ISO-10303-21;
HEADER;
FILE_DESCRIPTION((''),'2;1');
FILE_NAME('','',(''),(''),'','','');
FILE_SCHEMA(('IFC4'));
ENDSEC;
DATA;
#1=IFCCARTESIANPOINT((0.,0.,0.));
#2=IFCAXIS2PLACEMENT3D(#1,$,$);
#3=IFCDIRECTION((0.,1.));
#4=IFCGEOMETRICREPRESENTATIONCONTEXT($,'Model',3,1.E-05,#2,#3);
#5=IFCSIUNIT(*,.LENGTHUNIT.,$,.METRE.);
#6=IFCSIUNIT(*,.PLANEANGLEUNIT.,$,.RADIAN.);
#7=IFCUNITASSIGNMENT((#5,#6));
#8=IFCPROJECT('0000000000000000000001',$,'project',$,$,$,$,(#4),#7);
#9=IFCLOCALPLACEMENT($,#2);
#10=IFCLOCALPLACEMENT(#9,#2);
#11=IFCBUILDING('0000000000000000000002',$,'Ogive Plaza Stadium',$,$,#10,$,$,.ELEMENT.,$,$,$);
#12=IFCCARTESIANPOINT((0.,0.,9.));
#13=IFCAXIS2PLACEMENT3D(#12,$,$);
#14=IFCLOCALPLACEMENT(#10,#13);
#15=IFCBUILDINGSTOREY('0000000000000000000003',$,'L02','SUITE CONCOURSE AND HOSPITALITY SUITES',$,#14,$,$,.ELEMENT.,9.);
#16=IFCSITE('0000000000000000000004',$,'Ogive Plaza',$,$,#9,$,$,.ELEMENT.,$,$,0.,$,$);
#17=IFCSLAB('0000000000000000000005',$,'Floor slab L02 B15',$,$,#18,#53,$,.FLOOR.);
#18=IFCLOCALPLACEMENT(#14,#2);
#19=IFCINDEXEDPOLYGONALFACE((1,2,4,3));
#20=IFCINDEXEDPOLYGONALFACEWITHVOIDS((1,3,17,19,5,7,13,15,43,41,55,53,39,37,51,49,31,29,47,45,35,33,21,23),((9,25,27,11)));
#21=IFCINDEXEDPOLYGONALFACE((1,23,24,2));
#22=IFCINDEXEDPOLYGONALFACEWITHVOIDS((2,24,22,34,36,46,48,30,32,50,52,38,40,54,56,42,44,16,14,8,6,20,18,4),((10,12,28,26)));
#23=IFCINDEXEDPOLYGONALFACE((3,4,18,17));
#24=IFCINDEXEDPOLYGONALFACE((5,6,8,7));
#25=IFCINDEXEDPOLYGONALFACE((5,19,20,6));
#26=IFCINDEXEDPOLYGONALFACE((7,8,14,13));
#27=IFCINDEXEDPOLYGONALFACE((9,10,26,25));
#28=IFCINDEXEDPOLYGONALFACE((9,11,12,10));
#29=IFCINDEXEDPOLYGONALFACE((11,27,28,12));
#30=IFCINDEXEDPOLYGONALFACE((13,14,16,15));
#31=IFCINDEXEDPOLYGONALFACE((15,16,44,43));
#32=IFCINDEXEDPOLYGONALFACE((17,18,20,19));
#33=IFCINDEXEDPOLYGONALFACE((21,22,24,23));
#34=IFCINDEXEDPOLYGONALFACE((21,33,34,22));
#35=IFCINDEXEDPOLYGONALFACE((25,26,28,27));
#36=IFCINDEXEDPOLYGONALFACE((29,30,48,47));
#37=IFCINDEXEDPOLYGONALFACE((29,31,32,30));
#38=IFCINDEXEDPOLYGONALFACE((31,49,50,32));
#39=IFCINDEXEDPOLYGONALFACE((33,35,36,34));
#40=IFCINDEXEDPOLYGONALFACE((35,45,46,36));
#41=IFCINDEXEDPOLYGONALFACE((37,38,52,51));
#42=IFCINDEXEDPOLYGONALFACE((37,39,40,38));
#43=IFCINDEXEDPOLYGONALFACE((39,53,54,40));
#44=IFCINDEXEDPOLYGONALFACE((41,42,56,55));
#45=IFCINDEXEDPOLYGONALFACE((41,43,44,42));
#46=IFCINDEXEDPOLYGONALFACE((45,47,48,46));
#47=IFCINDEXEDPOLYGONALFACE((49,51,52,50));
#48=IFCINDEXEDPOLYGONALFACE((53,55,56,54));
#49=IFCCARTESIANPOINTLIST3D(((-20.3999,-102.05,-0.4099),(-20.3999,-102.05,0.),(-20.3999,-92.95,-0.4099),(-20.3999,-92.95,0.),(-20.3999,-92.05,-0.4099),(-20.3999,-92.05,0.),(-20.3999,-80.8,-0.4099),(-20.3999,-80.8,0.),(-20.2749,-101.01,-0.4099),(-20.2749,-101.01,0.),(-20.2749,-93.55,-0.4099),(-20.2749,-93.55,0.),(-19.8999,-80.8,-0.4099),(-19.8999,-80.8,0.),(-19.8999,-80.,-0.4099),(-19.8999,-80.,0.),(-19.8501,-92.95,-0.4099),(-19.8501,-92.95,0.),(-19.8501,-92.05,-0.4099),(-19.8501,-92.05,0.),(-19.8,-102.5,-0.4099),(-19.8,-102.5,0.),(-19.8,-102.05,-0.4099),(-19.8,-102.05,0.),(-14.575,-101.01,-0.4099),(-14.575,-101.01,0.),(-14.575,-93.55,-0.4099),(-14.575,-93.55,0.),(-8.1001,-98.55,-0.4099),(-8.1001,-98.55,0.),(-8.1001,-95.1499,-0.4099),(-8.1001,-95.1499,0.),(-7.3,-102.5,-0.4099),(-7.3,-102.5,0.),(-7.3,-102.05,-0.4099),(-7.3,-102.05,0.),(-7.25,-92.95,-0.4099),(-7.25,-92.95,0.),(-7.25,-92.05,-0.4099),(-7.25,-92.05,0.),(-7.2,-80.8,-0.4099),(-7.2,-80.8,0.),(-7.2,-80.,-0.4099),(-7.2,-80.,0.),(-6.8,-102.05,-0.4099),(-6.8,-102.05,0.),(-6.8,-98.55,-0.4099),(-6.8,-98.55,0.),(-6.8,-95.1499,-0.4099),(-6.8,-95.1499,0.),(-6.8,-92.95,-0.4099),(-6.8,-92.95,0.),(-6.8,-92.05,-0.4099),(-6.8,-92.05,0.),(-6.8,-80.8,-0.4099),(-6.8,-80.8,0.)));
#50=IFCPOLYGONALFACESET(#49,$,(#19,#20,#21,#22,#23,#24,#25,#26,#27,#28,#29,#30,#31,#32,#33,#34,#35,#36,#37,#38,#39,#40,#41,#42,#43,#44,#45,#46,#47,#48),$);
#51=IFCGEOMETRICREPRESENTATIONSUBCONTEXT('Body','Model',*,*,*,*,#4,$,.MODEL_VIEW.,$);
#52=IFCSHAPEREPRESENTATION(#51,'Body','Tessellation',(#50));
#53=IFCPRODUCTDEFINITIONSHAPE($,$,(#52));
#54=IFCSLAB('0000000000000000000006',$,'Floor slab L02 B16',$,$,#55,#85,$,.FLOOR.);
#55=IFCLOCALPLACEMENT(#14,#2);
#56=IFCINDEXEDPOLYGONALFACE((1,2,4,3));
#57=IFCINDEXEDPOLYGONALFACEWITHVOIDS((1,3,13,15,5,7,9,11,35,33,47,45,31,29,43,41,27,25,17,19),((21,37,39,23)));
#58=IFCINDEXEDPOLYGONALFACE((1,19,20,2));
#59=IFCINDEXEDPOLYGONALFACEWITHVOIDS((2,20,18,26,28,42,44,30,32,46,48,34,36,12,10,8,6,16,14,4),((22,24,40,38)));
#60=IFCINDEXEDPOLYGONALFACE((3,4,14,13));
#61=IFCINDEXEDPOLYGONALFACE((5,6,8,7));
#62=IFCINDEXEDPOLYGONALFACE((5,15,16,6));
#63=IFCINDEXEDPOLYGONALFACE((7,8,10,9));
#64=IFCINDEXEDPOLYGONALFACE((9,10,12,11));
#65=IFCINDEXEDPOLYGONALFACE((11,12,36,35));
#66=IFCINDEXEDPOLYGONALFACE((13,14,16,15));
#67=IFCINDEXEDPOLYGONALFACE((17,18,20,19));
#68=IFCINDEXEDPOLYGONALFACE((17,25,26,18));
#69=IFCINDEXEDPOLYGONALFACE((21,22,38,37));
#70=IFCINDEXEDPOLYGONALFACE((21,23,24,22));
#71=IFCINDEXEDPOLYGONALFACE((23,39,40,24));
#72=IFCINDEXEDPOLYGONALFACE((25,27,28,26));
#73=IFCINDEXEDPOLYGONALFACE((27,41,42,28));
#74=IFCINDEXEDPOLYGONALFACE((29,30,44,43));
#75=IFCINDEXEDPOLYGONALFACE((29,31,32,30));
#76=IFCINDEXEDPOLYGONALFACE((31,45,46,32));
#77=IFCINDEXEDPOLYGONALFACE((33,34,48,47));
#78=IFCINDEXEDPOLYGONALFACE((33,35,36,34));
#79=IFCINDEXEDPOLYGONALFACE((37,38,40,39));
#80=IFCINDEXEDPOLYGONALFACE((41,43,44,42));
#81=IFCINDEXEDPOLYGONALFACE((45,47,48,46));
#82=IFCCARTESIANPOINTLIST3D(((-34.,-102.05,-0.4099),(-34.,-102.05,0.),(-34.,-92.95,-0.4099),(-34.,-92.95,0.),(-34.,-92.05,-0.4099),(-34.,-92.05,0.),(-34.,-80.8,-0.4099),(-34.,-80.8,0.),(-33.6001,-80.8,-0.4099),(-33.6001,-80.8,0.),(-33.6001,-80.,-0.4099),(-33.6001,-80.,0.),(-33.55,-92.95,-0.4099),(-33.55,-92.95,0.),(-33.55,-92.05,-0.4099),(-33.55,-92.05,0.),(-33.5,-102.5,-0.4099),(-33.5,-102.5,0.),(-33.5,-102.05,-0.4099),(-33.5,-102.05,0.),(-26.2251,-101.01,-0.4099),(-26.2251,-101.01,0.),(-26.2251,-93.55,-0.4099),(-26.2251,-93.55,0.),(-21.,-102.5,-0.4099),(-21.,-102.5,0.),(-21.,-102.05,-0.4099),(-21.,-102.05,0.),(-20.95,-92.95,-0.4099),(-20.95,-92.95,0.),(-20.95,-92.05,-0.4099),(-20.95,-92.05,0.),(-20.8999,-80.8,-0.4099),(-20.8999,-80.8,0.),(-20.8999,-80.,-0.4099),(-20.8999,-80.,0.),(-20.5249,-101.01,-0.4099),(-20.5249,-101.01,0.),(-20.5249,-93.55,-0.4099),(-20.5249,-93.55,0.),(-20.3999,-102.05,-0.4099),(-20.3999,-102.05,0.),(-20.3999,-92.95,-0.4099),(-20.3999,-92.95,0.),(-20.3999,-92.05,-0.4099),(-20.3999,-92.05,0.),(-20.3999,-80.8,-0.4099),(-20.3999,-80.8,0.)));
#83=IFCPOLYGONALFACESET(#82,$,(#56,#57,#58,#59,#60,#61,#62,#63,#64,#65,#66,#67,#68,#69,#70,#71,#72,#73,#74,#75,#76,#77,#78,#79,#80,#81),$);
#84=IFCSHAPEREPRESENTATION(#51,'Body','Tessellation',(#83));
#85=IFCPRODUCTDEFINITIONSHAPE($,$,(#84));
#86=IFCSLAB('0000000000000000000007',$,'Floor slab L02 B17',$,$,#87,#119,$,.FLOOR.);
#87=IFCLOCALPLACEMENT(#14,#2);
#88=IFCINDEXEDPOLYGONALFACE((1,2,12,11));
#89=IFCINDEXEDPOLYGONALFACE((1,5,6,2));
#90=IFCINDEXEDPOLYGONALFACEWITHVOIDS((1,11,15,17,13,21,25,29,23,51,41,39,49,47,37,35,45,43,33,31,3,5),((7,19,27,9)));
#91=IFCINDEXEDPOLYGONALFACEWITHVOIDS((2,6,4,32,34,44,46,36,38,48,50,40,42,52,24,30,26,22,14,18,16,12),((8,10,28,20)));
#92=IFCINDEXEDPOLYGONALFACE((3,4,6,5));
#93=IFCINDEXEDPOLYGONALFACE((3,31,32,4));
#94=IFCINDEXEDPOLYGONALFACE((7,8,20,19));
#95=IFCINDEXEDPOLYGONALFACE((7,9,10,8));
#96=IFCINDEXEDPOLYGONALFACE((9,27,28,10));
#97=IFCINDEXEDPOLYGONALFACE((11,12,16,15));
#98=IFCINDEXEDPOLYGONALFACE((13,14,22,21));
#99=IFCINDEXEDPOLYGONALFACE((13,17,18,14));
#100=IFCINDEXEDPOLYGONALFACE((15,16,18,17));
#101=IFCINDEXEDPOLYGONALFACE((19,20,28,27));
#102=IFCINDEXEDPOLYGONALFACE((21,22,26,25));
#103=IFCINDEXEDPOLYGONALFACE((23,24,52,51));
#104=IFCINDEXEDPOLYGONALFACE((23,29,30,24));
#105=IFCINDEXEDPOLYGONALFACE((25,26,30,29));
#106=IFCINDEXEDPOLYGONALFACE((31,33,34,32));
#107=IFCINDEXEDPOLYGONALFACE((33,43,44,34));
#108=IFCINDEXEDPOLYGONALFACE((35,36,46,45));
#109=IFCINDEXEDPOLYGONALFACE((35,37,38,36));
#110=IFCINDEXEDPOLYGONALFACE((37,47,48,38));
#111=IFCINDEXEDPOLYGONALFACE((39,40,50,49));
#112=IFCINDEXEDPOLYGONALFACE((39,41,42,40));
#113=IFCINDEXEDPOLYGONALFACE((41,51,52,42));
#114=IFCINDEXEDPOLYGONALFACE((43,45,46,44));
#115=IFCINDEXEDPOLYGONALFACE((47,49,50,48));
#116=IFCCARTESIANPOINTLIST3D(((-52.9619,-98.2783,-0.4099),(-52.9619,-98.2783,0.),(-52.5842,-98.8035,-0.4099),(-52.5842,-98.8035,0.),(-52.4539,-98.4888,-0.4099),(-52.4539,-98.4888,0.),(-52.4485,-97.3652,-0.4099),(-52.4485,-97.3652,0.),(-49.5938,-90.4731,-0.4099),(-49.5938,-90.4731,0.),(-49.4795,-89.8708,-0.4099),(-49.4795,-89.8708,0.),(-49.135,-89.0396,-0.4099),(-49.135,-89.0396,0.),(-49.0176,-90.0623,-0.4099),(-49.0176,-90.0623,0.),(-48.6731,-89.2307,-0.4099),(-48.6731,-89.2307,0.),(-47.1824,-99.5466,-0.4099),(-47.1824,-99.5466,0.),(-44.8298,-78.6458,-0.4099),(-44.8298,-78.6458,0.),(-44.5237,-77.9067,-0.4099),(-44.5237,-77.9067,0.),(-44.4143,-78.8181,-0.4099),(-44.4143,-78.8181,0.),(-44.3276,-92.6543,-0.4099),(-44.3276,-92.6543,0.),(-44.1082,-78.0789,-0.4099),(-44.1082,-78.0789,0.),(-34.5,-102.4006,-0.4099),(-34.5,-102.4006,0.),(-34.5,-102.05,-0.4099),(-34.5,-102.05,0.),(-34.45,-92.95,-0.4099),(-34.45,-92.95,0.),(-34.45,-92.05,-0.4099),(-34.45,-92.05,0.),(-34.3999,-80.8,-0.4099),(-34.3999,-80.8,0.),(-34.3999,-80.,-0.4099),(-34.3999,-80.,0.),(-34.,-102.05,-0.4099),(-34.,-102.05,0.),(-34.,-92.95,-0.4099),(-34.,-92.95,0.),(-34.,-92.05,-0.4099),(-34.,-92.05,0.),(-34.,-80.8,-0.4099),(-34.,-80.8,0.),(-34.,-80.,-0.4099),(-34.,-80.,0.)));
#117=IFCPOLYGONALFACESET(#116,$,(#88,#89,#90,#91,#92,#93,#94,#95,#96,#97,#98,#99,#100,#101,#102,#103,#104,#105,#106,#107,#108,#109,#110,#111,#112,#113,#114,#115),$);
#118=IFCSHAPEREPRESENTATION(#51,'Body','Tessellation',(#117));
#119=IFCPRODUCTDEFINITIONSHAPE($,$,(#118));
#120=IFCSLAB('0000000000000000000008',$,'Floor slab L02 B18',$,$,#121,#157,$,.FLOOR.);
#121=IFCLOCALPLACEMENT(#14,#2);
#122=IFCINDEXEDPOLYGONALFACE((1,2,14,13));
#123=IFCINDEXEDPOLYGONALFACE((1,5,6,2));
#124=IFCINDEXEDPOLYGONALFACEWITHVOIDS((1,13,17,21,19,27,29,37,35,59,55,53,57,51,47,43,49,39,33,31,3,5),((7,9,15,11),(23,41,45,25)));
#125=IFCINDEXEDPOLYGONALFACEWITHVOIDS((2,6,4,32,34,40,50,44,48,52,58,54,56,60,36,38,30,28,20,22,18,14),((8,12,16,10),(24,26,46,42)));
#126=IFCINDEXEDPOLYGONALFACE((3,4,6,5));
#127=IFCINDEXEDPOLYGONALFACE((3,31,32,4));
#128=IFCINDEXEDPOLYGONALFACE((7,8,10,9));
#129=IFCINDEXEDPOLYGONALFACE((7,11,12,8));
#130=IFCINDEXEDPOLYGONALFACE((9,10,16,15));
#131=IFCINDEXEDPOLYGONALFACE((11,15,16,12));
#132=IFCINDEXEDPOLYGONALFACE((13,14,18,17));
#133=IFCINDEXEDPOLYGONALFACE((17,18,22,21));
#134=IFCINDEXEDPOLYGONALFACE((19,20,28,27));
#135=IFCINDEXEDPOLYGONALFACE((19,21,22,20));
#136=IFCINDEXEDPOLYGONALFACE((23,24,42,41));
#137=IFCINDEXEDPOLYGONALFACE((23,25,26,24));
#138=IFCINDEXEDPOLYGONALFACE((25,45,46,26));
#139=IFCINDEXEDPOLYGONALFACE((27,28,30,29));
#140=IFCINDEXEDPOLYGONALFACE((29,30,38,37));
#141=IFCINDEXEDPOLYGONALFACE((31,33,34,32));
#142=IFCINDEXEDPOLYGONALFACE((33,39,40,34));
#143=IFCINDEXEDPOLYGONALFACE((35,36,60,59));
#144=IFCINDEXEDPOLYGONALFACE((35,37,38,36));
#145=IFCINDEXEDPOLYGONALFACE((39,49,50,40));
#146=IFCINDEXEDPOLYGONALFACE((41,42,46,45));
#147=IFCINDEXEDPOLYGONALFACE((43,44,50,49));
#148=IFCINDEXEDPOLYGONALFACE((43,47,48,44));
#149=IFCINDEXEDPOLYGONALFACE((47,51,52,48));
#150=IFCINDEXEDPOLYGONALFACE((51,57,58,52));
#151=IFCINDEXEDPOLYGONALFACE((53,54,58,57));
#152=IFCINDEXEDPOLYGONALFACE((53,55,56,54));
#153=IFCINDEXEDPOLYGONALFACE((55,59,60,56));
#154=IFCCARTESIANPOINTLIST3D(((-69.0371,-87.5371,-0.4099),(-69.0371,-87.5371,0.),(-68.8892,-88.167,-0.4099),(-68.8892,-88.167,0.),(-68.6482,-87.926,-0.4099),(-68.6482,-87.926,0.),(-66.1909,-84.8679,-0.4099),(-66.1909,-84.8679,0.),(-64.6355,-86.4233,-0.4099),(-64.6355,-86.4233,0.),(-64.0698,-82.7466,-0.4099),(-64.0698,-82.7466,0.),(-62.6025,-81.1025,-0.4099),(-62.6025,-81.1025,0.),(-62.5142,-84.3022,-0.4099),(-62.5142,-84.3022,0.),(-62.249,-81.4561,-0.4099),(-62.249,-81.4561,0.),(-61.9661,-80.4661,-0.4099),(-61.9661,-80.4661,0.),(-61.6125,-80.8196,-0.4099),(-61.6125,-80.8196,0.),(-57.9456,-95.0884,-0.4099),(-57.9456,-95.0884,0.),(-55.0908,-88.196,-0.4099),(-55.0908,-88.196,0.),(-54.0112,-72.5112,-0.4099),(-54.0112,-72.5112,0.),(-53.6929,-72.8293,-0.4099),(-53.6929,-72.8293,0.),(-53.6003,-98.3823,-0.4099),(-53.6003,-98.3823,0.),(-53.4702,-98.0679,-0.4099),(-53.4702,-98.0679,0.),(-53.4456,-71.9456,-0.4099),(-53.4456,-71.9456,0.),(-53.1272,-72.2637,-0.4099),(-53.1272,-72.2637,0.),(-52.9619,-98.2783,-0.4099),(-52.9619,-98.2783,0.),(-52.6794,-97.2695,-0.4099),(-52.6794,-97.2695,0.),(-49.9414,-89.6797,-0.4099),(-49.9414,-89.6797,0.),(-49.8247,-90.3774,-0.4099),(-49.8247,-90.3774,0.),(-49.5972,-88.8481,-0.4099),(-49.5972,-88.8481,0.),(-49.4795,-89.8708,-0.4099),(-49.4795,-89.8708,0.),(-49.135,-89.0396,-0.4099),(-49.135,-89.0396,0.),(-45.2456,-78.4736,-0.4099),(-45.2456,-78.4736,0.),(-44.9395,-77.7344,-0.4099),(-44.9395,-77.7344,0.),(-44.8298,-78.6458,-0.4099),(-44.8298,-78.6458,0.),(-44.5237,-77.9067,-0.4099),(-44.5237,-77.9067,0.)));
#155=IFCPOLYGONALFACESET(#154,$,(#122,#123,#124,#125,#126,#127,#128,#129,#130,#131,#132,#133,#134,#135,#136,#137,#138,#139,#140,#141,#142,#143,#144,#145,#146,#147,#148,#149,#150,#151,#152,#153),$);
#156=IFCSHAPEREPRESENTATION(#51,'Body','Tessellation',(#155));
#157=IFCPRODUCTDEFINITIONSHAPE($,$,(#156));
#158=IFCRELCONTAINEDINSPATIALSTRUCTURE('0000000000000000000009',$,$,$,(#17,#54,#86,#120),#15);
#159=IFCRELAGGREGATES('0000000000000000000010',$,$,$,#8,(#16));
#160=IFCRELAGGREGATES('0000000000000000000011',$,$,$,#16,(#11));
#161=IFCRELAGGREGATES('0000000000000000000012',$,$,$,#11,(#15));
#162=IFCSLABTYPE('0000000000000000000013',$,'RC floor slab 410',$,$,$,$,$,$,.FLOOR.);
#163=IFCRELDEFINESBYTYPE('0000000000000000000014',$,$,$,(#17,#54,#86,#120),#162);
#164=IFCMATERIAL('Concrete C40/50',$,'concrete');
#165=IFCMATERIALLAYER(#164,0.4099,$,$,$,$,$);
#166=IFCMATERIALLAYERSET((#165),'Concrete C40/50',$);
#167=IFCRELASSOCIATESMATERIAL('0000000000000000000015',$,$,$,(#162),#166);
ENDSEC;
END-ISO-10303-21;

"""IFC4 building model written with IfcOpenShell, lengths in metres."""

from ifc_helpers import new_model, si_unit, direction, frame, origin, place, context, subcontext, project, spatial, polyline, outline, extrude, material, layer, layer_set, type_object, element, save


model = new_model("IFC4")

# Units and contexts
model_context = context("Model", 3, precision=1e-05, world=origin(), true_north=direction((0.0, 1.0)))
body_context = subcontext(model_context, "Body", "Model", "MODEL_VIEW")
ifc_project = project(units=[si_unit("LENGTHUNIT", "METRE"), si_unit("PLANEANGLEUNIT", "RADIAN")], contexts=[model_context])

# Site, building, storey
site_placement = place(None, origin())
site = spatial("IfcSite", under=ifc_project, at=site_placement, Name="Ogive Plaza", CompositionType="ELEMENT", RefElevation=0.0)
building_placement = place(site_placement, origin())
building = spatial("IfcBuilding", under=site, at=building_placement, Name="Ogive Plaza Stadium", CompositionType="ELEMENT")
storey_placement = place(building_placement, frame((0.0, 0.0, 9.0)))
storey = spatial("IfcBuildingStorey", under=building, at=storey_placement, Name="L02", Description="SUITE CONCOURSE AND HOSPITALITY SUITES", CompositionType="ELEMENT", Elevation=9.0)

# Slabs
ifc_material = material(Name="Concrete C40/50", Category="concrete")
ifc_layer = layer(ifc_material, 0.4099)
ifc_layer_set = layer_set([ifc_layer], Name="Concrete C40/50")
slab_type = type_object("IfcSlabType", Name="RC floor slab 410", PredefinedType="FLOOR", material=ifc_layer_set)
slab_1_placement = place(storey_placement, frame((0.0, 0.0, -0.4099)))
element("IfcSlab", 1, at=slab_1_placement, inside=storey, type_object=slab_type, Name="Floor slab L02 B15", PredefinedType="FLOOR", context=body_context, shape_type="SweptSolid", body=[
    extrude(outline(polyline([(-20.3999, -92.05), (-19.8501, -92.05), (-19.8501, -92.95), (-20.3999, -92.95), (-20.3999, -102.05), (-19.8, -102.05), (-19.8, -102.5), (-7.3, -102.5), (-7.3, -102.05), (-6.8, -102.05), (-6.8, -98.55), (-8.1001, -98.55), (-8.1001, -95.1499), (-6.8, -95.1499), (-6.8, -92.95), (-7.25, -92.95), (-7.25, -92.05), (-6.8, -92.05), (-6.8, -80.8), (-7.2, -80.8), (-7.2, -80.0), (-19.8999, -80.0), (-19.8999, -80.8), (-20.3999, -80.8), (-20.3999, -92.05)]), holes=[polyline([(-14.575, -93.55), (-20.2749, -93.55), (-20.2749, -101.01), (-14.575, -101.01), (-14.575, -93.55)])]), origin(), (0.0, 0.0, 1.0), 0.4099),
])
slab_2_placement = place(storey_placement, frame((0.0, 0.0, -0.4099)))
element("IfcSlab", 2, at=slab_2_placement, inside=storey, type_object=slab_type, Name="Floor slab L02 B16", PredefinedType="FLOOR", context=body_context, shape_type="SweptSolid", body=[
    extrude(outline(polyline([(-34.0, -92.05), (-33.55, -92.05), (-33.55, -92.95), (-34.0, -92.95), (-34.0, -102.05), (-33.5, -102.05), (-33.5, -102.5), (-21.0, -102.5), (-21.0, -102.05), (-20.3999, -102.05), (-20.3999, -92.95), (-20.95, -92.95), (-20.95, -92.05), (-20.3999, -92.05), (-20.3999, -80.8), (-20.8999, -80.8), (-20.8999, -80.0), (-33.6001, -80.0), (-33.6001, -80.8), (-34.0, -80.8), (-34.0, -92.05)]), holes=[polyline([(-20.5249, -93.55), (-26.2251, -93.55), (-26.2251, -101.01), (-20.5249, -101.01), (-20.5249, -93.55)])]), origin(), (0.0, 0.0, 1.0), 0.4099),
])
slab_3_placement = place(storey_placement, frame((0.0, 0.0, -0.4099)))
element("IfcSlab", 3, at=slab_3_placement, inside=storey, type_object=slab_type, Name="Floor slab L02 B17", PredefinedType="FLOOR", context=body_context, shape_type="SweptSolid", body=[
    extrude(outline(polyline([(-49.135, -89.0396), (-48.6731, -89.2307), (-49.0176, -90.0623), (-49.4795, -89.8708), (-52.9619, -98.2783), (-52.4539, -98.4888), (-52.5842, -98.8035), (-34.5, -102.4006), (-34.5, -102.05), (-34.0, -102.05), (-34.0, -92.95), (-34.45, -92.95), (-34.45, -92.05), (-34.0, -92.05), (-34.0, -80.8), (-34.3999, -80.8), (-34.3999, -80.0), (-34.0, -80.0), (-44.5237, -77.9067), (-44.1082, -78.0789), (-44.4143, -78.8181), (-44.8298, -78.6458), (-49.135, -89.0396)]), holes=[polyline([(-44.3276, -92.6543), (-49.5938, -90.4731), (-52.4485, -97.3652), (-47.1824, -99.5466), (-44.3276, -92.6543)])]), origin(), (0.0, 0.0, 1.0), 0.4099),
])
slab_4_placement = place(storey_placement, frame((0.0, 0.0, -0.4099)))
element("IfcSlab", 4, at=slab_4_placement, inside=storey, type_object=slab_type, Name="Floor slab L02 B18", PredefinedType="FLOOR", context=body_context, shape_type="SweptSolid", body=[
    extrude(outline(polyline([(-61.9661, -80.4661), (-61.6125, -80.8196), (-62.249, -81.4561), (-62.6025, -81.1025), (-69.0371, -87.5371), (-68.6482, -87.926), (-68.8892, -88.167), (-53.6003, -98.3823), (-53.4702, -98.0679), (-52.9619, -98.2783), (-49.4795, -89.8708), (-49.9414, -89.6797), (-49.5972, -88.8481), (-49.135, -89.0396), (-44.8298, -78.6458), (-45.2456, -78.4736), (-44.9395, -77.7344), (-44.5237, -77.9067), (-53.4456, -71.9456), (-53.1272, -72.2637), (-53.6929, -72.8293), (-54.0112, -72.5112), (-61.9661, -80.4661)]), holes=[polyline([(-55.0908, -88.196), (-57.9456, -95.0884), (-52.6794, -97.2695), (-49.8247, -90.3774), (-55.0908, -88.196)]), polyline([(-62.5142, -84.3022), (-64.0698, -82.7466), (-66.1909, -84.8679), (-64.6355, -86.4233), (-62.5142, -84.3022)])]), origin(), (0.0, 0.0, 1.0), 0.4099),
])

save(model, "model.ifc")
